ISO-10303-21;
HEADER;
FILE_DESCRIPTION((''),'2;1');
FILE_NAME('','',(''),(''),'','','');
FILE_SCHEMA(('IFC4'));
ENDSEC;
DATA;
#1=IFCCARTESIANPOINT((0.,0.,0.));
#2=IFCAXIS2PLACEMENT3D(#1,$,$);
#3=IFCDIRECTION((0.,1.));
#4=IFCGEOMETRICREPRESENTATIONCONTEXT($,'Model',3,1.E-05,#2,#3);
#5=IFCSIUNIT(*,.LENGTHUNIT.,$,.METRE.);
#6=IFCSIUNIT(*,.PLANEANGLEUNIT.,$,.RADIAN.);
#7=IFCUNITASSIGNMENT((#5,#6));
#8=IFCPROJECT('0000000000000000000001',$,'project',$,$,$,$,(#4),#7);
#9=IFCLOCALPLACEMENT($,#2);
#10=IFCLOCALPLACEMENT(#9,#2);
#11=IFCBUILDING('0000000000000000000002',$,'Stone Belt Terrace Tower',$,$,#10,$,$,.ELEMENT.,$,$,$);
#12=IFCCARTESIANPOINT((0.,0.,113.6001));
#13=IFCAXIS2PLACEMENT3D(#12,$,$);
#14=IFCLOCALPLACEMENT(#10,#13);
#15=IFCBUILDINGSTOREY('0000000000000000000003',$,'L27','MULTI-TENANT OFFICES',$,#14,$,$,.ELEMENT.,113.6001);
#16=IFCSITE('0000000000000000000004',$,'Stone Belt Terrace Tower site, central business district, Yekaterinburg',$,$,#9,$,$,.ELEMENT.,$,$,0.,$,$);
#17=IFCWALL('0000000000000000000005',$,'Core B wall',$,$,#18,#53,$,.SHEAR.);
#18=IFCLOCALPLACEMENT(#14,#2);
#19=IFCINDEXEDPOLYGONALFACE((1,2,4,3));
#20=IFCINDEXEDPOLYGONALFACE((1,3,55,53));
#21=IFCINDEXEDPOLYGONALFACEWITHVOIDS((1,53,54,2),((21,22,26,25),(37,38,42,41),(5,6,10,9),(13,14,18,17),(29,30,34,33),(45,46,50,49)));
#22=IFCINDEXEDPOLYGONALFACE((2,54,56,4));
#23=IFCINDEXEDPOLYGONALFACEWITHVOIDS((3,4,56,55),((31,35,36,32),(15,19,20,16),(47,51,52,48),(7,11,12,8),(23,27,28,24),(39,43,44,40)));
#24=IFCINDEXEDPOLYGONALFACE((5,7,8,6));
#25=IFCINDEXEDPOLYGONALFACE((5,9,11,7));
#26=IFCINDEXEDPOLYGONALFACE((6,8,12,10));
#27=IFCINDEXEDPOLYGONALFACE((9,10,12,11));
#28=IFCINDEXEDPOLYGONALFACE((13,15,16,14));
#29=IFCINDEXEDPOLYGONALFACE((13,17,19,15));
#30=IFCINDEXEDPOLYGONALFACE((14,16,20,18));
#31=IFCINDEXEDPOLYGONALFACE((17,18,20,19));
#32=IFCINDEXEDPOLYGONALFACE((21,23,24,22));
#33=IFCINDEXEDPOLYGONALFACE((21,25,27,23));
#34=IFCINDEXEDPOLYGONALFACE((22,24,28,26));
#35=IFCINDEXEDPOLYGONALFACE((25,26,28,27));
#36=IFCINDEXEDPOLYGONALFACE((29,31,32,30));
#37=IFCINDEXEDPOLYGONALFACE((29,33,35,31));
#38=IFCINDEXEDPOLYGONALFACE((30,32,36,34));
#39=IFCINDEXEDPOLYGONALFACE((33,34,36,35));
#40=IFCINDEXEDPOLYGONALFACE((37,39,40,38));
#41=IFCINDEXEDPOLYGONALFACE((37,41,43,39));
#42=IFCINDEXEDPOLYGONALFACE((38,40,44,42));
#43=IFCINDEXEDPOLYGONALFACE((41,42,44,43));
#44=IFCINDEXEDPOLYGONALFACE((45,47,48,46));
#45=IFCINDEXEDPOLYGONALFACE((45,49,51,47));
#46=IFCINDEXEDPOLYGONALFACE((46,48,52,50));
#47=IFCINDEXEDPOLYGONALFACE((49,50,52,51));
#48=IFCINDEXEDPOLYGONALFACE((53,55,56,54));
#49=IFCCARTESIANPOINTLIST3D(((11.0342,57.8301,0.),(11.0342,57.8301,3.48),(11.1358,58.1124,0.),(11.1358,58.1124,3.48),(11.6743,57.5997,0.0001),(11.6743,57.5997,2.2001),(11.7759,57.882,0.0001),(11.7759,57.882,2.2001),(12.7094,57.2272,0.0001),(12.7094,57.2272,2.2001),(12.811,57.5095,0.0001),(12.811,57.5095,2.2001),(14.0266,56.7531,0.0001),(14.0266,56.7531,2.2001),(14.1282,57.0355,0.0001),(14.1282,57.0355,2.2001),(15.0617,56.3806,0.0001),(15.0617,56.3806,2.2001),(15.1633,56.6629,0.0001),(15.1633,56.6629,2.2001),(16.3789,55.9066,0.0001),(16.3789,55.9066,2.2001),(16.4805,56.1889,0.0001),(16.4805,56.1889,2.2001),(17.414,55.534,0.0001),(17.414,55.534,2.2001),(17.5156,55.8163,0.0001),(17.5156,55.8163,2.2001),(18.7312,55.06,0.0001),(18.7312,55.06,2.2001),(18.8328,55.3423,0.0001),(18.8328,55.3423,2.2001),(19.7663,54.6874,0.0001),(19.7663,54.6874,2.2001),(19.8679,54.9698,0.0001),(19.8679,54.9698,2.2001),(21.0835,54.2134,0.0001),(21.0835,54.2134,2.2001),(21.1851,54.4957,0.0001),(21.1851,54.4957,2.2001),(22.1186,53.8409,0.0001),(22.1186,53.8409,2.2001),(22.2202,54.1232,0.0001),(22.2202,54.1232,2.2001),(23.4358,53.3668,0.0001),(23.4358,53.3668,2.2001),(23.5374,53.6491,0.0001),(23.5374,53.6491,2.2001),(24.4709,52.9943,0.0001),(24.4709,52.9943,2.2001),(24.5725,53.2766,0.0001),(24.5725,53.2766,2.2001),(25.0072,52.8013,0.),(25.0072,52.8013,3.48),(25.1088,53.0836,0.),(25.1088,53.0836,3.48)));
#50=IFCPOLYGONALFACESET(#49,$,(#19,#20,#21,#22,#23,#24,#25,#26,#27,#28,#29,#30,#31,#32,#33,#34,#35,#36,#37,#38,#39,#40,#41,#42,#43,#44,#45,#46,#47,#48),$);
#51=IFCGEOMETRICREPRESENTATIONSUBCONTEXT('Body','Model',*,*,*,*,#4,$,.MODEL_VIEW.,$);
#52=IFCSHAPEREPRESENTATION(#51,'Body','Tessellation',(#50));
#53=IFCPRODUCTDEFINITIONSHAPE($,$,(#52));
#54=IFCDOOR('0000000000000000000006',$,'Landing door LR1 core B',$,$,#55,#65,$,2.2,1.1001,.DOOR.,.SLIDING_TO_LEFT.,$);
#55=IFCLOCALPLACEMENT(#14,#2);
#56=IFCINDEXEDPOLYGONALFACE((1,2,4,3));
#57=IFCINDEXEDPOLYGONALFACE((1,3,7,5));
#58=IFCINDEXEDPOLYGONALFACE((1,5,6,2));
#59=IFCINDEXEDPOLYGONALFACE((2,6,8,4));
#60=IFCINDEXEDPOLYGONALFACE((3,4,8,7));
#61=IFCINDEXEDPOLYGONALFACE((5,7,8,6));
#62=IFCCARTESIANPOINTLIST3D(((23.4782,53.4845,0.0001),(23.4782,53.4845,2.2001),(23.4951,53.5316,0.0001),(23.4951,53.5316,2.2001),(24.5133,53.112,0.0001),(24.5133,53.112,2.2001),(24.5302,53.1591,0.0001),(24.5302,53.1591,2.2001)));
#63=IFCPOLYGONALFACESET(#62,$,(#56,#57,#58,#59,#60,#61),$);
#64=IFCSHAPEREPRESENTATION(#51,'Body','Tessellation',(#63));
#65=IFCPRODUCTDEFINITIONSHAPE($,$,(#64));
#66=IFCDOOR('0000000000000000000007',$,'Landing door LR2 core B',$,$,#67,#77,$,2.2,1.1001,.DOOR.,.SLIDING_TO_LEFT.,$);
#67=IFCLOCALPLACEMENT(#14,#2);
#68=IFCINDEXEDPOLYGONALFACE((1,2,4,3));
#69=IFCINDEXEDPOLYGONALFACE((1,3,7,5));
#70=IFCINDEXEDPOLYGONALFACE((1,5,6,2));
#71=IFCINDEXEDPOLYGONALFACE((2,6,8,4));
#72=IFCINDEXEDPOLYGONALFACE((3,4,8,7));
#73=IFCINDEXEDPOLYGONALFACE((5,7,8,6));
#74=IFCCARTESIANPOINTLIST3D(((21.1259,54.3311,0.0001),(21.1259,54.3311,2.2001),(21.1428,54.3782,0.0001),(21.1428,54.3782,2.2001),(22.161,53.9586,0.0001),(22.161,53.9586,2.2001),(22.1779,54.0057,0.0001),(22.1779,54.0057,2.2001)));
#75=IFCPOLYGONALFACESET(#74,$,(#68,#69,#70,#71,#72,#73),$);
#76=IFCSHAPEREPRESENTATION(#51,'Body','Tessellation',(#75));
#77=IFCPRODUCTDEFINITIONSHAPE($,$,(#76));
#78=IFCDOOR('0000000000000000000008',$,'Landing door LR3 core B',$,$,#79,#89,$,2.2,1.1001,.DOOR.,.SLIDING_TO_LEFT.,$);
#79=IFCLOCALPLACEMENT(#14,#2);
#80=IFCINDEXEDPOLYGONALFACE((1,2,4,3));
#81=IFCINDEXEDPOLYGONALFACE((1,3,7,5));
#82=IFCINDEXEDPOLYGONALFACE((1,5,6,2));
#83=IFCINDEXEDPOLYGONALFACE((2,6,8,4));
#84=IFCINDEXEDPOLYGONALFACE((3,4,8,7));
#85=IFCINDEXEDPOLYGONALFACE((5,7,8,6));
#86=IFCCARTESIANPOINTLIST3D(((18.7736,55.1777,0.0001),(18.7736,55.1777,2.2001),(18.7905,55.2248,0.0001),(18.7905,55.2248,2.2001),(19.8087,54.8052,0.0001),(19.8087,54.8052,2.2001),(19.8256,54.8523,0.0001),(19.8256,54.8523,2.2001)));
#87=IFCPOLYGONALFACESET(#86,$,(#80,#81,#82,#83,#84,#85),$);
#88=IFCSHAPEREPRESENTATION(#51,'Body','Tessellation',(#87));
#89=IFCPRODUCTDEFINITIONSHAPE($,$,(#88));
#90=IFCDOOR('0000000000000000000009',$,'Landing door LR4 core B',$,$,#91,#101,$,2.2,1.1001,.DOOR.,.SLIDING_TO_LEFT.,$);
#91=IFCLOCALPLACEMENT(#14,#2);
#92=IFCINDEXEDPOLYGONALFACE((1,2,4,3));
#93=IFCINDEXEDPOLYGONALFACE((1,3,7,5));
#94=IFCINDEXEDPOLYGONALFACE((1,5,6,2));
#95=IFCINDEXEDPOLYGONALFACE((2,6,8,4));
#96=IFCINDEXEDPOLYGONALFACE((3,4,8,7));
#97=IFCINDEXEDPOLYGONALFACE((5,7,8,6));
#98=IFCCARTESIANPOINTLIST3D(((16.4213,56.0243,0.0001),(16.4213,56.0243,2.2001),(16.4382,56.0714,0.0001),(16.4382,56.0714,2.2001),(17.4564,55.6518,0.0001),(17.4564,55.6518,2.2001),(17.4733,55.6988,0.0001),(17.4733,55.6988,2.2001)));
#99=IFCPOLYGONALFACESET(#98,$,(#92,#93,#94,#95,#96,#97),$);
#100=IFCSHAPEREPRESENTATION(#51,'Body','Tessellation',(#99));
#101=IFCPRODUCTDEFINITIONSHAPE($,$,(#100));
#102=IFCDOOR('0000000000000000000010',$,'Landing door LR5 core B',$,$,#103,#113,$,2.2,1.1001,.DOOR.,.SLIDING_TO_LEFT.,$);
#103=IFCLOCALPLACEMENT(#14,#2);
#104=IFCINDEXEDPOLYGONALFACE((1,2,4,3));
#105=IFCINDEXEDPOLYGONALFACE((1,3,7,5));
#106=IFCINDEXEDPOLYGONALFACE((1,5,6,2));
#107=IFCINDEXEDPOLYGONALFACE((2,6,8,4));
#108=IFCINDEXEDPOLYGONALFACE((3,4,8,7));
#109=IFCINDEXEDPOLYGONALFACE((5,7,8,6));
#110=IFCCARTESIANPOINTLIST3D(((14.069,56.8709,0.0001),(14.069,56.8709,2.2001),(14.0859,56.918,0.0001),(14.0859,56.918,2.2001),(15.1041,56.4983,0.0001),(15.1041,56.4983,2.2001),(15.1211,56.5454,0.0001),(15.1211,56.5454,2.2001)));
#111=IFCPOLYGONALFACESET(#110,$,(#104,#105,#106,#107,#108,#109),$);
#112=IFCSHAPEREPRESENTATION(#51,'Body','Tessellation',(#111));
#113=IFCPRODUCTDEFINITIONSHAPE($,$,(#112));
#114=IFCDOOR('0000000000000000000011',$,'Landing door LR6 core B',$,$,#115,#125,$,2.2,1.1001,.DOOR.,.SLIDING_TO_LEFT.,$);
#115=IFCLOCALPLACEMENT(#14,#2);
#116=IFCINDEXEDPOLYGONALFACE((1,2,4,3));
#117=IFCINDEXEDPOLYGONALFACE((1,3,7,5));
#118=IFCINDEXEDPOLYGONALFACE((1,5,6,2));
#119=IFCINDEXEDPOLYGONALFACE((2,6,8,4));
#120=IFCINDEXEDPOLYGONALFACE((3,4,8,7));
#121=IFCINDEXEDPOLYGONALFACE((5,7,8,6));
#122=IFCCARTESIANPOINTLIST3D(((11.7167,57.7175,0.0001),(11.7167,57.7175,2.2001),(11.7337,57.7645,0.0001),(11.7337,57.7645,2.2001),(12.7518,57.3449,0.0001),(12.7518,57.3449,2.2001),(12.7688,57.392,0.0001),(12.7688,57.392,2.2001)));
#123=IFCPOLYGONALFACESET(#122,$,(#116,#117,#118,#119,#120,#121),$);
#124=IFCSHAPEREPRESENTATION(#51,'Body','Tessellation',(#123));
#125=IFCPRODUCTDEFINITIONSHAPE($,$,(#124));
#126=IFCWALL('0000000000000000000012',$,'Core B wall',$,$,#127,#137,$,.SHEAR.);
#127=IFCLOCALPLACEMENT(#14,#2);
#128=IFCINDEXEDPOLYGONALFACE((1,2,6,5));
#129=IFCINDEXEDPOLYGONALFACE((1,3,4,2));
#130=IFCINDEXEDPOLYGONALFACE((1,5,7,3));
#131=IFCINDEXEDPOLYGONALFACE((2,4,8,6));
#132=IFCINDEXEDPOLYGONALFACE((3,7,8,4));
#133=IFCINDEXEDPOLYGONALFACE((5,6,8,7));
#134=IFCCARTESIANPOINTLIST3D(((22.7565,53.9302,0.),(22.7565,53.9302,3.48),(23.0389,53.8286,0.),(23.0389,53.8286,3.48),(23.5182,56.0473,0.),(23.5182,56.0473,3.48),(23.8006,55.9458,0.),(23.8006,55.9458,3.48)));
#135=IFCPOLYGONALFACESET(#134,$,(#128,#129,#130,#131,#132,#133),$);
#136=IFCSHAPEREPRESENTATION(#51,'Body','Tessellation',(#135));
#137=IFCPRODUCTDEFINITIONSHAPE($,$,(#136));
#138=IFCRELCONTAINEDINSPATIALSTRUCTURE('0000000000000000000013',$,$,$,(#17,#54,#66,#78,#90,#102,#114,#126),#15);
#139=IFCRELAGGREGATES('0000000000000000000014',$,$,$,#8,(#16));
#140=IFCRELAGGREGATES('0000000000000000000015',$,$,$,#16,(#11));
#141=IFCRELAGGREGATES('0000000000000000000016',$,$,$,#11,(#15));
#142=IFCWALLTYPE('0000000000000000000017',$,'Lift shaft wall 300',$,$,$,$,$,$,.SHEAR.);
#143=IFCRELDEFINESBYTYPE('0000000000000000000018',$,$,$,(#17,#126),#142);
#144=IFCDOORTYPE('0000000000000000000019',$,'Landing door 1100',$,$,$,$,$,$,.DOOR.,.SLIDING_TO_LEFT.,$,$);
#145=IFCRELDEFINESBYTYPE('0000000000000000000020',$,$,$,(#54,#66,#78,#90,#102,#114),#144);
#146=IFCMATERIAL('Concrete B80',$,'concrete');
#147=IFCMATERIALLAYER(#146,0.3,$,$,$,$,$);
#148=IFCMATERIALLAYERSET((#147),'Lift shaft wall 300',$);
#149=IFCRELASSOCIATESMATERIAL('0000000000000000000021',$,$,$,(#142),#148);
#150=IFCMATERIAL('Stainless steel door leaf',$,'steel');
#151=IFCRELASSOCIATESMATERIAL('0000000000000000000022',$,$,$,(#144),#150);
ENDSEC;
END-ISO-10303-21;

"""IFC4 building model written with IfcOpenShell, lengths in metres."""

from ifc_helpers import new_model, si_unit, direction, frame, frame_2d, origin, place, context, subcontext, project, spatial, rectangle, extrude, material, layer, layer_set, type_object, element, fill, save


model = new_model("IFC4")

# Units and contexts
model_context = context("Model", 3, precision=1e-05, world=origin(), true_north=direction((0.0, 1.0)))
body_context = subcontext(model_context, "Body", "Model", "MODEL_VIEW")
ifc_project = project(units=[si_unit("LENGTHUNIT", "METRE"), si_unit("PLANEANGLEUNIT", "RADIAN")], contexts=[model_context])

# Site, building, storey
site_placement = place(None, origin())
site = spatial("IfcSite", under=ifc_project, at=site_placement, Name="Stone Belt Terrace Tower site, central business district, Yekaterinburg", CompositionType="ELEMENT", RefElevation=0.0)
building_placement = place(site_placement, origin())
building = spatial("IfcBuilding", under=site, at=building_placement, Name="Stone Belt Terrace Tower", CompositionType="ELEMENT")
storey_placement = place(building_placement, frame((0.0, 0.0, 113.6001)))
storey = spatial("IfcBuildingStorey", under=building, at=storey_placement, Name="L27", Description="MULTI-TENANT OFFICES", CompositionType="ELEMENT", Elevation=113.6001)

# Shared definitions
ifc_material_1 = material(Name="Concrete B80", Category="concrete")

# Shared definitions
ifc_layer_1 = layer(ifc_material_1, 0.3)
ifc_layer_set_1 = layer_set([ifc_layer_1], Name="Lift shaft wall 300")
wall_type_1 = type_object("IfcWallType", Name="Lift shaft wall 300", PredefinedType="SHEAR", material=ifc_layer_set_1)
ifc_material_2 = material(Name="Stainless steel door leaf", Category="steel")

# Wall, openings, doors
wall_1_placement = place(storey_placement, frame((25.0581, 52.9424, 0.0), z_axis=(0.0, 0.0, 1.0), x_axis=(-0.940918, 0.338634, 0.0)))
wall_1 = element("IfcWall", 1, at=wall_1_placement, inside=storey, type_object=wall_type_1, Name="Core B wall", PredefinedType="SHEAR", context=body_context, shape_type="SweptSolid", body=[
    extrude(rectangle(XDim=14.8503, YDim=0.3, at=frame_2d((7.4253, 0.0))), origin(), (0.0, 0.0, 1.0), 3.48),
])
opening_1_placement = place(wall_1_placement, frame((0.5701, 0.0, 0.0)))
opening_1 = element("IfcOpeningElement", 2, at=opening_1_placement, cuts=wall_1, PredefinedType="OPENING", context=body_context, shape_type="SweptSolid", body=[
    extrude(rectangle(XDim=1.1001, YDim=2.2, at=frame_2d((0.55, 1.1001))), frame((0.0, 0.1599, 0.0), z_axis=(0.0, -1.0, 0.0), x_axis=(1.0, 0.0, 0.0)), (0.0, 0.0, 1.0), 0.3201),
])
opening_2_placement = place(wall_1_placement, frame((3.0701, 0.0, 0.0)))
opening_2 = element("IfcOpeningElement", 3, at=opening_2_placement, cuts=wall_1, PredefinedType="OPENING", context=body_context, shape_type="SweptSolid", body=[
    extrude(rectangle(XDim=1.1001, YDim=2.2, at=frame_2d((0.55, 1.1001))), frame((0.0, 0.1599, 0.0), z_axis=(0.0, -1.0, 0.0), x_axis=(1.0, 0.0, 0.0)), (0.0, 0.0, 1.0), 0.3201),
])
opening_3_placement = place(wall_1_placement, frame((5.5701, 0.0, 0.0)))
opening_3 = element("IfcOpeningElement", 4, at=opening_3_placement, cuts=wall_1, PredefinedType="OPENING", context=body_context, shape_type="SweptSolid", body=[
    extrude(rectangle(XDim=1.1001, YDim=2.2, at=frame_2d((0.55, 1.1001))), frame((0.0, 0.1599, 0.0), z_axis=(0.0, -1.0, 0.0), x_axis=(1.0, 0.0, 0.0)), (0.0, 0.0, 1.0), 0.3201),
])
opening_4_placement = place(wall_1_placement, frame((8.0701, 0.0, 0.0)))
opening_4 = element("IfcOpeningElement", 5, at=opening_4_placement, cuts=wall_1, PredefinedType="OPENING", context=body_context, shape_type="SweptSolid", body=[
    extrude(rectangle(XDim=1.1001, YDim=2.2, at=frame_2d((0.55, 1.1001))), frame((0.0, 0.1599, 0.0), z_axis=(0.0, -1.0, 0.0), x_axis=(1.0, 0.0, 0.0)), (0.0, 0.0, 1.0), 0.3201),
])
opening_5_placement = place(wall_1_placement, frame((10.5701, 0.0, 0.0)))
opening_5 = element("IfcOpeningElement", 6, at=opening_5_placement, cuts=wall_1, PredefinedType="OPENING", context=body_context, shape_type="SweptSolid", body=[
    extrude(rectangle(XDim=1.1001, YDim=2.2, at=frame_2d((0.55, 1.1001))), frame((0.0, 0.1599, 0.0), z_axis=(0.0, -1.0, 0.0), x_axis=(1.0, 0.0, 0.0)), (0.0, 0.0, 1.0), 0.3201),
])
opening_6_placement = place(wall_1_placement, frame((13.0701, 0.0, 0.0)))
opening_6 = element("IfcOpeningElement", 7, at=opening_6_placement, cuts=wall_1, PredefinedType="OPENING", context=body_context, shape_type="SweptSolid", body=[
    extrude(rectangle(XDim=1.1001, YDim=2.2, at=frame_2d((0.55, 1.1001))), frame((0.0, 0.1599, 0.0), z_axis=(0.0, -1.0, 0.0), x_axis=(1.0, 0.0, 0.0)), (0.0, 0.0, 1.0), 0.3201),
])
door_type_1 = type_object("IfcDoorType", Name="Landing door 1100", OperationType="SLIDING_TO_LEFT", PredefinedType="DOOR", material=ifc_material_2)
door_1_placement = place(opening_1_placement, origin())
door_1 = element("IfcDoor", 8, at=door_1_placement, inside=storey, type_object=door_type_1, Name="Landing door LR1 core B", OperationType="SLIDING_TO_LEFT", OverallHeight=2.2, OverallWidth=1.1001, PredefinedType="DOOR", context=body_context, shape_type="SweptSolid", body=[
    extrude(rectangle(XDim=1.1001, YDim=2.2, at=frame_2d((0.55, 1.1001))), frame((0.0, 0.0249, 0.0), z_axis=(0.0, -1.0, 0.0), x_axis=(1.0, 0.0, 0.0)), (0.0, 0.0, 1.0), 0.05),
])
fill(opening_1, door_1)
door_2_placement = place(opening_2_placement, origin())
door_2 = element("IfcDoor", 9, at=door_2_placement, inside=storey, type_object=door_type_1, Name="Landing door LR2 core B", OperationType="SLIDING_TO_LEFT", OverallHeight=2.2, OverallWidth=1.1001, PredefinedType="DOOR", context=body_context, shape_type="SweptSolid", body=[
    extrude(rectangle(XDim=1.1001, YDim=2.2, at=frame_2d((0.55, 1.1001))), frame((0.0, 0.0249, 0.0), z_axis=(0.0, -1.0, 0.0), x_axis=(1.0, 0.0, 0.0)), (0.0, 0.0, 1.0), 0.05),
])
fill(opening_2, door_2)
door_3_placement = place(opening_3_placement, origin())
door_3 = element("IfcDoor", 10, at=door_3_placement, inside=storey, type_object=door_type_1, Name="Landing door LR3 core B", OperationType="SLIDING_TO_LEFT", OverallHeight=2.2, OverallWidth=1.1001, PredefinedType="DOOR", context=body_context, shape_type="SweptSolid", body=[
    extrude(rectangle(XDim=1.1001, YDim=2.2, at=frame_2d((0.55, 1.1001))), frame((0.0, 0.0249, 0.0), z_axis=(0.0, -1.0, 0.0), x_axis=(1.0, 0.0, 0.0)), (0.0, 0.0, 1.0), 0.05),
])
fill(opening_3, door_3)
door_4_placement = place(opening_4_placement, origin())
door_4 = element("IfcDoor", 11, at=door_4_placement, inside=storey, type_object=door_type_1, Name="Landing door LR4 core B", OperationType="SLIDING_TO_LEFT", OverallHeight=2.2, OverallWidth=1.1001, PredefinedType="DOOR", context=body_context, shape_type="SweptSolid", body=[
    extrude(rectangle(XDim=1.1001, YDim=2.2, at=frame_2d((0.55, 1.1001))), frame((0.0, 0.0249, 0.0), z_axis=(0.0, -1.0, 0.0), x_axis=(1.0, 0.0, 0.0)), (0.0, 0.0, 1.0), 0.05),
])
fill(opening_4, door_4)
door_5_placement = place(opening_5_placement, origin())
door_5 = element("IfcDoor", 12, at=door_5_placement, inside=storey, type_object=door_type_1, Name="Landing door LR5 core B", OperationType="SLIDING_TO_LEFT", OverallHeight=2.2, OverallWidth=1.1001, PredefinedType="DOOR", context=body_context, shape_type="SweptSolid", body=[
    extrude(rectangle(XDim=1.1001, YDim=2.2, at=frame_2d((0.55, 1.1001))), frame((0.0, 0.0249, 0.0), z_axis=(0.0, -1.0, 0.0), x_axis=(1.0, 0.0, 0.0)), (0.0, 0.0, 1.0), 0.05),
])
fill(opening_5, door_5)
door_6_placement = place(opening_6_placement, origin())
door_6 = element("IfcDoor", 13, at=door_6_placement, inside=storey, type_object=door_type_1, Name="Landing door LR6 core B", OperationType="SLIDING_TO_LEFT", OverallHeight=2.2, OverallWidth=1.1001, PredefinedType="DOOR", context=body_context, shape_type="SweptSolid", body=[
    extrude(rectangle(XDim=1.1001, YDim=2.2, at=frame_2d((0.55, 1.1001))), frame((0.0, 0.0249, 0.0), z_axis=(0.0, -1.0, 0.0), x_axis=(1.0, 0.0, 0.0)), (0.0, 0.0, 1.0), 0.05),
])
fill(opening_6, door_6)

# Wall
wall_2_placement = place(storey_placement, frame((22.8977, 53.8794, 0.0), z_axis=(0.0, 0.0, 1.0), x_axis=(0.338535, 0.940954, 0.0)))
element("IfcWall", 14, at=wall_2_placement, inside=storey, type_object=wall_type_1, Name="Core B wall", PredefinedType="SHEAR", context=body_context, shape_type="SweptSolid", body=[
    extrude(rectangle(XDim=2.25, YDim=0.3, at=frame_2d((1.125, 0.0))), origin(), (0.0, 0.0, 1.0), 3.48),
])

save(model, "model.ifc")
